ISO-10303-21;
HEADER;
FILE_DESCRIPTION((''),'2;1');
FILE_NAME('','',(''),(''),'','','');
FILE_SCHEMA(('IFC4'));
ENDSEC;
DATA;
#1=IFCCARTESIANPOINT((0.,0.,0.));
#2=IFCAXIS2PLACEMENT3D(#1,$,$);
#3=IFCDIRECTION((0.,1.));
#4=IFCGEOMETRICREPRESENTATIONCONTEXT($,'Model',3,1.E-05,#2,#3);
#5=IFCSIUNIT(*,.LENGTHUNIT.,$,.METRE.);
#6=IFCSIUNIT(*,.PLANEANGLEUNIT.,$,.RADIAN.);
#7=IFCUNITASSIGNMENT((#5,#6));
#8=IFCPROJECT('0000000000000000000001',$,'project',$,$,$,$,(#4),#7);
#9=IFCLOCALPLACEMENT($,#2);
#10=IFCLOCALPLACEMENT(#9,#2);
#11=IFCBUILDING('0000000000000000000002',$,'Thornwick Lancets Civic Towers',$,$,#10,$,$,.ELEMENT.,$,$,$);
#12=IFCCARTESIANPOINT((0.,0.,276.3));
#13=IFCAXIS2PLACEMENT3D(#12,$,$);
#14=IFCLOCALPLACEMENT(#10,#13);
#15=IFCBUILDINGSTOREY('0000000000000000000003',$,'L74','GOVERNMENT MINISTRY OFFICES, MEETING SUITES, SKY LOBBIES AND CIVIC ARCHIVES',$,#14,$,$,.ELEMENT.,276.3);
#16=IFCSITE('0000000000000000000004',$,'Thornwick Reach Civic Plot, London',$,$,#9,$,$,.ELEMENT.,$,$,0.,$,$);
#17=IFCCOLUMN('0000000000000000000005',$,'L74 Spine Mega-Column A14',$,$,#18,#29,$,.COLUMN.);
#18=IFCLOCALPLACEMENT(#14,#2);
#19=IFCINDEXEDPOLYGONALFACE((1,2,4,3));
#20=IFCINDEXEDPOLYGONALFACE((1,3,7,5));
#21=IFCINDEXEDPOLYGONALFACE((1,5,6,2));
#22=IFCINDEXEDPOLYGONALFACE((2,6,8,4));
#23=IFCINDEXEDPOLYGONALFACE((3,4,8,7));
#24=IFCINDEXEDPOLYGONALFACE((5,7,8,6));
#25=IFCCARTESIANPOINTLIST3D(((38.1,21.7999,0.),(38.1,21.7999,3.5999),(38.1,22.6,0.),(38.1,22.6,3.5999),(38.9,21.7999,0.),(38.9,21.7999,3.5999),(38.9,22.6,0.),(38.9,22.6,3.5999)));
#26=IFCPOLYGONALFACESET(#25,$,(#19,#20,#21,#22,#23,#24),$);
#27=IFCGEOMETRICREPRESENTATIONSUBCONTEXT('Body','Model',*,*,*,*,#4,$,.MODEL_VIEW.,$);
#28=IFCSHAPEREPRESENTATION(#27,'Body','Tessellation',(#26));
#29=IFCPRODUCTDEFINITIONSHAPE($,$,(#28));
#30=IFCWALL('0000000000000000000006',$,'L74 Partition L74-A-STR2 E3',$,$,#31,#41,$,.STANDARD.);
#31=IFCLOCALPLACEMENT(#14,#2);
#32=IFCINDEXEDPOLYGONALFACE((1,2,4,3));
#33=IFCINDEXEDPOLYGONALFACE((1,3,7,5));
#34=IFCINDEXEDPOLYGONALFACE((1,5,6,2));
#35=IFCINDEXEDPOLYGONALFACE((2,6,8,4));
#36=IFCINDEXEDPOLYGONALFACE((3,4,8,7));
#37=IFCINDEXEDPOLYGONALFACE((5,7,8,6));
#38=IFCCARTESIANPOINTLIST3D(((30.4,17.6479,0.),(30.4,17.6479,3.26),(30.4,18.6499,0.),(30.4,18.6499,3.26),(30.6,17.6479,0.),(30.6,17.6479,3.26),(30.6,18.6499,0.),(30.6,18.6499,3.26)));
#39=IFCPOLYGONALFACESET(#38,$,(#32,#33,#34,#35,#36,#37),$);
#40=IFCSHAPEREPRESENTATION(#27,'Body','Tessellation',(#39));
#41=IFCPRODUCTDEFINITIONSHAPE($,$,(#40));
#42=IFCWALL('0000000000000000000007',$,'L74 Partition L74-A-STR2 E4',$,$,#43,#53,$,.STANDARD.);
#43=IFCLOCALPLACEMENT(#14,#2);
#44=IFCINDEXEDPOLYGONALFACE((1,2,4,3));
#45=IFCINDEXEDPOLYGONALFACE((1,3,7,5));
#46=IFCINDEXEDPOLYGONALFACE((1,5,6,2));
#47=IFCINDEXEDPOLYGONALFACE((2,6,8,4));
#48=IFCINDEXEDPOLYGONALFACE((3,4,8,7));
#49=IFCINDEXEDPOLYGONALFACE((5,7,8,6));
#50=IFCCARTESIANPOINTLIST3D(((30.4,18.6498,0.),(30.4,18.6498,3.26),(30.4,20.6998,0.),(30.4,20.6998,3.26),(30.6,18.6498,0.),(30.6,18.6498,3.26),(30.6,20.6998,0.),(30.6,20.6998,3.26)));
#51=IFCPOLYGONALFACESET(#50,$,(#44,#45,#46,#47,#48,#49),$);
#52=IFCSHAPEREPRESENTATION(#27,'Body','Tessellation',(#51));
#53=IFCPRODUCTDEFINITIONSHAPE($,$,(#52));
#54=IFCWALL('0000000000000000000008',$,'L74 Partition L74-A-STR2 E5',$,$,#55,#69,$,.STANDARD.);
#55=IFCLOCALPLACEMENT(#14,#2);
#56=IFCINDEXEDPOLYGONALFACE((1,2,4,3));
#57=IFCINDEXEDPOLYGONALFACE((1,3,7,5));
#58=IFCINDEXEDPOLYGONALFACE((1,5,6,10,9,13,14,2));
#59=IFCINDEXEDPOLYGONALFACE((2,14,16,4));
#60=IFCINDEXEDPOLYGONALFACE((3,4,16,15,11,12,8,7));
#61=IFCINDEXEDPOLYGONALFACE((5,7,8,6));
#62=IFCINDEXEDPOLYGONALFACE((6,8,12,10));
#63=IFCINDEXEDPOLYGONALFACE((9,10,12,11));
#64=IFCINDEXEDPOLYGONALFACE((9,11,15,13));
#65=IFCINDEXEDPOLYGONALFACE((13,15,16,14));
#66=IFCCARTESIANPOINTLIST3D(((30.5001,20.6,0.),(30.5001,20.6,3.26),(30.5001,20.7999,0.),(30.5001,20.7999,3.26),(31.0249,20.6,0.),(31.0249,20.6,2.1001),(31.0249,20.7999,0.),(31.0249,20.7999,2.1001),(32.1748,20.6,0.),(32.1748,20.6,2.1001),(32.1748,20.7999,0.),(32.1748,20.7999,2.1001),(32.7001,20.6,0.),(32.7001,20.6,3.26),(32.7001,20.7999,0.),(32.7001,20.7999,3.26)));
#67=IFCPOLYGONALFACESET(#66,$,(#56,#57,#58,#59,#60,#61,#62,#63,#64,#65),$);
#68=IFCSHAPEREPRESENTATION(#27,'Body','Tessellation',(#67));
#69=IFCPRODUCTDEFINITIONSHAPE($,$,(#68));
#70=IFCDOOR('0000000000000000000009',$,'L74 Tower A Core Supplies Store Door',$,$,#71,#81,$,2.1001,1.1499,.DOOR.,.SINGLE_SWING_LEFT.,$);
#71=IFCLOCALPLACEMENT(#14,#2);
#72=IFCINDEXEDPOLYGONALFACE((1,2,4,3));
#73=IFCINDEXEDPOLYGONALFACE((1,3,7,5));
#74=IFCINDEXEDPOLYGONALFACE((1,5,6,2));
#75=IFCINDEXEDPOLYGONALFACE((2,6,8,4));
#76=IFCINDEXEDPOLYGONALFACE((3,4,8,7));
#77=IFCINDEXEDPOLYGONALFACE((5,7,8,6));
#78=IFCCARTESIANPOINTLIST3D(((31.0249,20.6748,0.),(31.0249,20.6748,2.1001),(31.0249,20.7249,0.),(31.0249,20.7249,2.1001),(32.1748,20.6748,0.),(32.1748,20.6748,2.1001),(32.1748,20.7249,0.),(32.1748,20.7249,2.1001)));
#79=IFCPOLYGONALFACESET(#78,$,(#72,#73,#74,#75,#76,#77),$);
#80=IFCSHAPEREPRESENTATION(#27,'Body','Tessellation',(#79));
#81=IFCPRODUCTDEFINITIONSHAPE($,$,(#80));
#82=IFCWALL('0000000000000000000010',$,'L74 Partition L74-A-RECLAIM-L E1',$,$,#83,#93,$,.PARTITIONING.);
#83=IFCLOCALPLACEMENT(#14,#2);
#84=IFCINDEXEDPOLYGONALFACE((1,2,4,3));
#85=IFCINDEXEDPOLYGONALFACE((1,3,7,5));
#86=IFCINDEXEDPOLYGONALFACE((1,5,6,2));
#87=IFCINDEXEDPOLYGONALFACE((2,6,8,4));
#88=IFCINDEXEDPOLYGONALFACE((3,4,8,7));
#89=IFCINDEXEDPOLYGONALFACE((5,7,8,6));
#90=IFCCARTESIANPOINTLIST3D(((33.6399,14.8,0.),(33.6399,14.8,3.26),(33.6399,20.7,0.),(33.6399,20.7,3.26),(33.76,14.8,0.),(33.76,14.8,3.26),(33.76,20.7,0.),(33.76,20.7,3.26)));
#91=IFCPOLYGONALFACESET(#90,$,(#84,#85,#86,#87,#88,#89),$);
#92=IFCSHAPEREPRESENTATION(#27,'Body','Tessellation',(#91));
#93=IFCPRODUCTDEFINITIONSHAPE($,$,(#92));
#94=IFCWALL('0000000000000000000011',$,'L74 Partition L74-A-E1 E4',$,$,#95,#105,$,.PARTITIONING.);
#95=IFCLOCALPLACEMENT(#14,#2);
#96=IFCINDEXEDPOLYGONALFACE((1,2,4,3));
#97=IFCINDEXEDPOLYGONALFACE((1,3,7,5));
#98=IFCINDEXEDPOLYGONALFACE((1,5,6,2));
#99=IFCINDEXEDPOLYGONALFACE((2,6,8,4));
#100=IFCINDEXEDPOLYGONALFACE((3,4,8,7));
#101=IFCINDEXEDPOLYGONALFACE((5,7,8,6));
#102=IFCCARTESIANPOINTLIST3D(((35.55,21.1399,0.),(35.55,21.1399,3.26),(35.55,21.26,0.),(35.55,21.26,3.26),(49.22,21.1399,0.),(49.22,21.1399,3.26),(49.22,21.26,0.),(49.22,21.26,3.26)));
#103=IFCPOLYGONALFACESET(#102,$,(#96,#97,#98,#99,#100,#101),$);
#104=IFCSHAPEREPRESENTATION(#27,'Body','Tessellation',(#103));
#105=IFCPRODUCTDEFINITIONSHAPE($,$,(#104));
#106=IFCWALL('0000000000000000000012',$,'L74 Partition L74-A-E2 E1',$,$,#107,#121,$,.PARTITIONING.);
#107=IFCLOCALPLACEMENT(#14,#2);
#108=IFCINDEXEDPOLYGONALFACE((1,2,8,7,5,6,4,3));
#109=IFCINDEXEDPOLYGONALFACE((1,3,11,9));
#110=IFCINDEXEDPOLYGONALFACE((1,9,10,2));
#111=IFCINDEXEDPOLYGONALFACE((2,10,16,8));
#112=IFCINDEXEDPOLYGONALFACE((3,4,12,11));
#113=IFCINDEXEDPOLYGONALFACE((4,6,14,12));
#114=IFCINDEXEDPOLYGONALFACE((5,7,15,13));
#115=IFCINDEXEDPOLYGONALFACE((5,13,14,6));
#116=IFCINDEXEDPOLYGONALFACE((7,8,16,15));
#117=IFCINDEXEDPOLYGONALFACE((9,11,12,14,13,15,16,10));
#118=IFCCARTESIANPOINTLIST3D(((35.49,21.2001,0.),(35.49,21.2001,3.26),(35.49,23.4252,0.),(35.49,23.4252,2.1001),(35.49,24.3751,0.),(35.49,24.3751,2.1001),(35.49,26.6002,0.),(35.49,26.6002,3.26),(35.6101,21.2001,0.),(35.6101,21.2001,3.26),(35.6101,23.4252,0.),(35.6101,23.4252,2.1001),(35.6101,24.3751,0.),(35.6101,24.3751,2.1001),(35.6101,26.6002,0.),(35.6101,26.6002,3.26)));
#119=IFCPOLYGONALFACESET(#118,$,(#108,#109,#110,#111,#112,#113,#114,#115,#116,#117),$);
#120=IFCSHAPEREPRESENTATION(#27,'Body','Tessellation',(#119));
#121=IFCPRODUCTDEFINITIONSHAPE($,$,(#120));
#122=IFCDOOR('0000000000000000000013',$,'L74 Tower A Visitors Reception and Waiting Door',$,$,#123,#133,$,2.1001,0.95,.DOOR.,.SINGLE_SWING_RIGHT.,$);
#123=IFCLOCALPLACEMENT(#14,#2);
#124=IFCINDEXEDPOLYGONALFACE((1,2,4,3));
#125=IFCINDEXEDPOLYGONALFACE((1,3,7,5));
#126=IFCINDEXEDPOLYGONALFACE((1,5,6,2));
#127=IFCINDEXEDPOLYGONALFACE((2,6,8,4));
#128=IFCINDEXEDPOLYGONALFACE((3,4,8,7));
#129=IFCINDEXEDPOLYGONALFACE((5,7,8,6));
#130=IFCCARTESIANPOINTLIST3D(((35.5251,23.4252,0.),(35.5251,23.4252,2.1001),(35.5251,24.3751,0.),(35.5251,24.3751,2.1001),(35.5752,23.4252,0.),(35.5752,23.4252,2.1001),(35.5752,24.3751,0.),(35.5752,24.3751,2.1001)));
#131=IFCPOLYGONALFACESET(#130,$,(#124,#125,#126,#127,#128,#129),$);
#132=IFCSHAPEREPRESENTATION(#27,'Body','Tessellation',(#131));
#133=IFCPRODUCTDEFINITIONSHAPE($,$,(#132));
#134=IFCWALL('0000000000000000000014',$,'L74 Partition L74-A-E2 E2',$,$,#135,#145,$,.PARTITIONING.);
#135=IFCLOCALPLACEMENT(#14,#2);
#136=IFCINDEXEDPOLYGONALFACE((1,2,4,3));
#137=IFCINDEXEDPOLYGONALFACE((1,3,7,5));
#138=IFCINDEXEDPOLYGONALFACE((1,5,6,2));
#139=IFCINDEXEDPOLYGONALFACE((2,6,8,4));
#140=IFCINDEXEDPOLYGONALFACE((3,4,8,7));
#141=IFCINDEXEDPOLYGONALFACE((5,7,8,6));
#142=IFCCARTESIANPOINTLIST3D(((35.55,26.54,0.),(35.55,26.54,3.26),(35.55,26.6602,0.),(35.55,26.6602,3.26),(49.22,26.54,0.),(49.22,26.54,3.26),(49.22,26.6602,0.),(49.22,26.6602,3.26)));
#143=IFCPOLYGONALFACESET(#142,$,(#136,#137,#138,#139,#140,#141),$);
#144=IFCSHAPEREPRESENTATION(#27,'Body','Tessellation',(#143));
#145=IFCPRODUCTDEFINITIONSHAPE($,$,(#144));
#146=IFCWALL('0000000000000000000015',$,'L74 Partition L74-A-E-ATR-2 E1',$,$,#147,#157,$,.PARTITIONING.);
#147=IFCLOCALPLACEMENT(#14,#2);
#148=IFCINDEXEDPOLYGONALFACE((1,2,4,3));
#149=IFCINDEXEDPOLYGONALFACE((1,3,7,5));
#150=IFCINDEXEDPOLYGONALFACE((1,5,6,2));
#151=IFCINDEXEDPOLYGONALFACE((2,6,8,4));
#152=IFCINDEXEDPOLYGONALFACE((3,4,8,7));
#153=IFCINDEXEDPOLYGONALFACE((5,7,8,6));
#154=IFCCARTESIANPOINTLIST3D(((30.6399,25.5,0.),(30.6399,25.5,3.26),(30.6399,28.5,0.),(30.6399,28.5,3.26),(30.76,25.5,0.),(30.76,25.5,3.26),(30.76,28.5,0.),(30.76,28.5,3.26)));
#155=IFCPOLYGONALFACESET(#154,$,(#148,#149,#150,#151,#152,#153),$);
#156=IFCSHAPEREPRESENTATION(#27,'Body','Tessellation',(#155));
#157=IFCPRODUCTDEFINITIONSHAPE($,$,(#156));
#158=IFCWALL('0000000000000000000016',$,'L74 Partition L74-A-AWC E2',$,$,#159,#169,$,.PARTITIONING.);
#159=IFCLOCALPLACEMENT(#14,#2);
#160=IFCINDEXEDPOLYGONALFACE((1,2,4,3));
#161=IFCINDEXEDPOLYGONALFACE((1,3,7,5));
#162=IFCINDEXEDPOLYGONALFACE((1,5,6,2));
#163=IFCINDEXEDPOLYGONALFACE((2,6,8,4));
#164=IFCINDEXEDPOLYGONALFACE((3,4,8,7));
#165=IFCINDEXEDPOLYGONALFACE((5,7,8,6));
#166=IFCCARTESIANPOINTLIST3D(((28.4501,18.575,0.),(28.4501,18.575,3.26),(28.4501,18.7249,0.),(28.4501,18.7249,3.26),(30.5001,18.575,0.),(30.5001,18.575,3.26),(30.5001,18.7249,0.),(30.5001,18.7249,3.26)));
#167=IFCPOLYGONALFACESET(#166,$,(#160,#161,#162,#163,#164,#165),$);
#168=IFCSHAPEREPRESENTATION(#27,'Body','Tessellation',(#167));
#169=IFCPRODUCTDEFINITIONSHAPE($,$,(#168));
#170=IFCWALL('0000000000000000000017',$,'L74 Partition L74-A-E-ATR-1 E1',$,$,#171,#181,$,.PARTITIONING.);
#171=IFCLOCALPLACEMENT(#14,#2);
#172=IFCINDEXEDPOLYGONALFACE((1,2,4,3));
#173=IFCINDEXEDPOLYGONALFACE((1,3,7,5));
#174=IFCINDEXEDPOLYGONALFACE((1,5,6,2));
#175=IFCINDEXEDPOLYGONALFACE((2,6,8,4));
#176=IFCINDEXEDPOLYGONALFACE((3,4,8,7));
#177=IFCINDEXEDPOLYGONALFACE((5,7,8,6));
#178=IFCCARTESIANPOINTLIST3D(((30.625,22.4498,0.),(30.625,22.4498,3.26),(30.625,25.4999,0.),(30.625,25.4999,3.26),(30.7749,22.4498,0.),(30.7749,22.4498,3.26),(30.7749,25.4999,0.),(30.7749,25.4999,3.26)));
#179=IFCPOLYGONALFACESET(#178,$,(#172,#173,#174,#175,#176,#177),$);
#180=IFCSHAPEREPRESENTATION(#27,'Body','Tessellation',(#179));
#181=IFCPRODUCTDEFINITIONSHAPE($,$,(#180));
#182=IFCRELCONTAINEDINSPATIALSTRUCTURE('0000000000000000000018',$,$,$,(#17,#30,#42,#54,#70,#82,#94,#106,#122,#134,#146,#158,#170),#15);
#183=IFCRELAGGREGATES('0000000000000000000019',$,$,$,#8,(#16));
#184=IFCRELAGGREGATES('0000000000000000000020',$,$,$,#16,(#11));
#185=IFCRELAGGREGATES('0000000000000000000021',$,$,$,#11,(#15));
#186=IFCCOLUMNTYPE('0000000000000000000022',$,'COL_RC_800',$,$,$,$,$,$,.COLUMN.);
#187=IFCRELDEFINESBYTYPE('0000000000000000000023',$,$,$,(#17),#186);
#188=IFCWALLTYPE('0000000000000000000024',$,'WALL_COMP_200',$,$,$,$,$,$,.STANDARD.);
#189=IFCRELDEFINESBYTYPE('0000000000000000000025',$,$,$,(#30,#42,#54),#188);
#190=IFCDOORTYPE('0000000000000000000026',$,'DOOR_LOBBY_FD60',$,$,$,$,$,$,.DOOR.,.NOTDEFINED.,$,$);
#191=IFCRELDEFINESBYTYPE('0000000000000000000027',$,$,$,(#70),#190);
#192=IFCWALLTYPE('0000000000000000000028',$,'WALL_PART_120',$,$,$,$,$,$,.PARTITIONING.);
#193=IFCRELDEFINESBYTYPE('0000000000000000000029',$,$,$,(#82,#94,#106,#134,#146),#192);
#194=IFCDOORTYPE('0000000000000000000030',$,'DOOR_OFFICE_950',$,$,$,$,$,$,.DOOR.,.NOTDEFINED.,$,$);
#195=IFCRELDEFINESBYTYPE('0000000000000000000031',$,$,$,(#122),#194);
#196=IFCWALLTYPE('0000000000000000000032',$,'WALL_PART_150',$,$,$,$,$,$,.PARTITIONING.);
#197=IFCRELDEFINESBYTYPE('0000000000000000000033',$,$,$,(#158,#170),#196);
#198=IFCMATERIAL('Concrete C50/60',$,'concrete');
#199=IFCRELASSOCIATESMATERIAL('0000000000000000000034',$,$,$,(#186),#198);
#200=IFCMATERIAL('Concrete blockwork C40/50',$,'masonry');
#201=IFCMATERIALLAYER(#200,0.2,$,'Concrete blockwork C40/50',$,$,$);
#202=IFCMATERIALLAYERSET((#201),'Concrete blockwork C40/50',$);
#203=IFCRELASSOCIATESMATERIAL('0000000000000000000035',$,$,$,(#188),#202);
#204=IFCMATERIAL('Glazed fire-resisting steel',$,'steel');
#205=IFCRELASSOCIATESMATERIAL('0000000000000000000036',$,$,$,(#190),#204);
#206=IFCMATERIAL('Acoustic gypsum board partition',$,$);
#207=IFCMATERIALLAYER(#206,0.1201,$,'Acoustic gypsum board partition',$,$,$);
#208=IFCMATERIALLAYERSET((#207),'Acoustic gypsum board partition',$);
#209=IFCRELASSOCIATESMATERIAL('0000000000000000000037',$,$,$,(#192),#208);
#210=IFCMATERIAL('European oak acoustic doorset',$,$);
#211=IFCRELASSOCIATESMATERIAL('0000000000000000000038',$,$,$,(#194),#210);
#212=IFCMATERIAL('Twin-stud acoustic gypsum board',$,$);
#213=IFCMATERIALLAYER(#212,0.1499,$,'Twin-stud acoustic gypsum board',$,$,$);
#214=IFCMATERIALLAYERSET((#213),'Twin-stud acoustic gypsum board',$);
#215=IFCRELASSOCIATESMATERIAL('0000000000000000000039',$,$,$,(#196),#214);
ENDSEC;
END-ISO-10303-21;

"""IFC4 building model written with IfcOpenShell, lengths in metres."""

from ifc_helpers import new_model, si_unit, direction, frame, frame_2d, origin, origin_2d, place, context, subcontext, project, spatial, rectangle, extrude, material, layer, layer_set, material_profile, profile_set, type_object, element, fill, save


model = new_model("IFC4")

# Units and contexts
model_context = context("Model", 3, precision=1e-05, world=origin(), true_north=direction((0.0, 1.0)))
body_context = subcontext(model_context, "Body", "Model", "MODEL_VIEW")
ifc_project = project(units=[si_unit("LENGTHUNIT", "METRE"), si_unit("PLANEANGLEUNIT", "RADIAN")], contexts=[model_context])

# Site, building, storey
site_placement = place(None, origin())
site = spatial("IfcSite", under=ifc_project, at=site_placement, Name="Thornwick Reach Civic Plot, London", CompositionType="ELEMENT", RefElevation=0.0)
building_placement = place(site_placement, origin())
building = spatial("IfcBuilding", under=site, at=building_placement, Name="Thornwick Lancets Civic Towers", CompositionType="ELEMENT")
storey_placement = place(building_placement, frame((0.0, 0.0, 276.3)))
storey = spatial("IfcBuildingStorey", under=building, at=storey_placement, Name="L74", Description="GOVERNMENT MINISTRY OFFICES, MEETING SUITES, SKY LOBBIES AND CIVIC ARCHIVES", CompositionType="ELEMENT", Elevation=276.3)

# Column
ifc_material_1 = material(Name="Concrete C50/60", Category="concrete")
ifc_material_profile = material_profile(ifc_material_1, rectangle(XDim=0.8, YDim=0.8, at=origin_2d()), Name="RC 800x800")
ifc_profile_set = profile_set([ifc_material_profile], Name="Concrete C50/60")
column_type = type_object("IfcColumnType", Name="COL_RC_800", PredefinedType="COLUMN", material=ifc_profile_set)
column_placement = place(storey_placement, frame((38.5, 22.2, 0.0), z_axis=(0.0, 0.0, 1.0), x_axis=(1.0, 0.0, 0.0)))
element("IfcColumn", 1, at=column_placement, inside=storey, type_object=column_type, Name="L74 Spine Mega-Column A14", PredefinedType="COLUMN", context=body_context, shape_type="SweptSolid", body=[
    extrude(rectangle(XDim=0.8, YDim=0.8, at=origin_2d()), origin(), (0.0, 0.0, 1.0), 3.5999),
])

# Walls
ifc_material_2 = material(Name="Concrete blockwork C40/50", Category="masonry")
ifc_layer_1 = layer(ifc_material_2, 0.2, Name="Concrete blockwork C40/50")
ifc_layer_set_1 = layer_set([ifc_layer_1], Name="Concrete blockwork C40/50")
wall_type_1 = type_object("IfcWallType", Name="WALL_COMP_200", PredefinedType="STANDARD", material=ifc_layer_set_1)
wall_1_placement = place(storey_placement, frame((30.5, 17.6479, 0.0), z_axis=(0.0, 0.0, 1.0), x_axis=(0.0, 1.0, 0.0)))
element("IfcWall", 2, at=wall_1_placement, inside=storey, type_object=wall_type_1, Name="L74 Partition L74-A-STR2 E3", PredefinedType="STANDARD", context=body_context, shape_type="SweptSolid", body=[
    extrude(rectangle(XDim=1.002, YDim=0.2, at=frame_2d((0.501, 0.0))), origin(), (0.0, 0.0, 1.0), 3.26),
])
wall_2_placement = place(storey_placement, frame((30.5, 18.6499, 0.0), z_axis=(0.0, 0.0, 1.0), x_axis=(0.0, 1.0, 0.0)))
element("IfcWall", 3, at=wall_2_placement, inside=storey, type_object=wall_type_1, Name="L74 Partition L74-A-STR2 E4", PredefinedType="STANDARD", context=body_context, shape_type="SweptSolid", body=[
    extrude(rectangle(XDim=2.05, YDim=0.2, at=frame_2d((1.0249, 0.0))), origin(), (0.0, 0.0, 1.0), 3.26),
])

# Wall, opening, door
wall_3_placement = place(storey_placement, frame((30.5, 20.7, 0.0), z_axis=(0.0, 0.0, 1.0), x_axis=(1.0, 0.0, 0.0)))
wall_3 = element("IfcWall", 4, at=wall_3_placement, inside=storey, type_object=wall_type_1, Name="L74 Partition L74-A-STR2 E5", PredefinedType="STANDARD", context=body_context, shape_type="SweptSolid", body=[
    extrude(rectangle(XDim=2.2, YDim=0.2, at=frame_2d((1.1001, 0.0))), origin(), (0.0, 0.0, 1.0), 3.26),
])
opening_1_placement = place(wall_3_placement, frame((0.5249, 0.0, 0.0)))
opening_1 = element("IfcOpeningElement", 5, at=opening_1_placement, cuts=wall_3, PredefinedType="OPENING", context=body_context, shape_type="SweptSolid", body=[
    extrude(rectangle(XDim=1.1499, YDim=2.1001, at=frame_2d((0.575, 1.05))), frame((0.0, 0.1099, 0.0), z_axis=(0.0, -1.0, 0.0), x_axis=(1.0, 0.0, 0.0)), (0.0, 0.0, 1.0), 0.22),
])
ifc_material_3 = material(Name="Glazed fire-resisting steel", Category="steel")
door_type_1 = type_object("IfcDoorType", Name="DOOR_LOBBY_FD60", OperationType="NOTDEFINED", PredefinedType="DOOR", material=ifc_material_3)
door_1_placement = place(opening_1_placement, origin())
door_1 = element("IfcDoor", 6, at=door_1_placement, inside=storey, type_object=door_type_1, Name="L74 Tower A Core Supplies Store Door", OperationType="SINGLE_SWING_LEFT", OverallHeight=2.1001, OverallWidth=1.1499, PredefinedType="DOOR", context=body_context, shape_type="SweptSolid", body=[
    extrude(rectangle(XDim=1.1499, YDim=2.1001, at=frame_2d((0.575, 1.05))), frame((0.0, 0.0249, 0.0), z_axis=(0.0, -1.0, 0.0), x_axis=(1.0, 0.0, 0.0)), (0.0, 0.0, 1.0), 0.05),
])
fill(opening_1, door_1)

# Walls
ifc_material_4 = material(Name="Acoustic gypsum board partition")
ifc_layer_2 = layer(ifc_material_4, 0.1201, Name="Acoustic gypsum board partition")
ifc_layer_set_2 = layer_set([ifc_layer_2], Name="Acoustic gypsum board partition")
wall_type_2 = type_object("IfcWallType", Name="WALL_PART_120", PredefinedType="PARTITIONING", material=ifc_layer_set_2)
wall_4_placement = place(storey_placement, frame((33.7, 20.7, 0.0), z_axis=(0.0, 0.0, 1.0), x_axis=(0.0, -1.0, 0.0)))
element("IfcWall", 7, at=wall_4_placement, inside=storey, type_object=wall_type_2, Name="L74 Partition L74-A-RECLAIM-L E1", PredefinedType="PARTITIONING", context=body_context, shape_type="SweptSolid", body=[
    extrude(rectangle(XDim=5.8999, YDim=0.1201, at=frame_2d((2.95, 0.0))), origin(), (0.0, 0.0, 1.0), 3.26),
])
wall_5_placement = place(storey_placement, frame((35.55, 21.2, 0.0), z_axis=(0.0, 0.0, 1.0), x_axis=(1.0, 0.0, 0.0)))
element("IfcWall", 8, at=wall_5_placement, inside=storey, type_object=wall_type_2, Name="L74 Partition L74-A-E1 E4", PredefinedType="PARTITIONING", context=body_context, shape_type="SweptSolid", body=[
    extrude(rectangle(XDim=13.6699, YDim=0.1201, at=frame_2d((6.835, 0.0))), origin(), (0.0, 0.0, 1.0), 3.26),
])

# Wall, opening, door
wall_6_placement = place(storey_placement, frame((35.55, 21.2, 0.0), z_axis=(0.0, 0.0, 1.0), x_axis=(0.0, 1.0, 0.0)))
wall_6 = element("IfcWall", 9, at=wall_6_placement, inside=storey, type_object=wall_type_2, Name="L74 Partition L74-A-E2 E1", PredefinedType="PARTITIONING", context=body_context, shape_type="SweptSolid", body=[
    extrude(rectangle(XDim=5.4001, YDim=0.1201, at=frame_2d((2.7002, 0.0))), origin(), (0.0, 0.0, 1.0), 3.26),
])
opening_2_placement = place(wall_6_placement, frame((2.2251, 0.0, 0.0)))
opening_2 = element("IfcOpeningElement", 10, at=opening_2_placement, cuts=wall_6, PredefinedType="OPENING", context=body_context, shape_type="SweptSolid", body=[
    extrude(rectangle(XDim=0.95, YDim=2.1001, at=frame_2d((0.4751, 1.05))), frame((0.0, 0.0701, 0.0), z_axis=(0.0, -1.0, 0.0), x_axis=(1.0, 0.0, 0.0)), (0.0, 0.0, 1.0), 0.1401),
])
ifc_material_5 = material(Name="European oak acoustic doorset")
door_type_2 = type_object("IfcDoorType", Name="DOOR_OFFICE_950", OperationType="NOTDEFINED", PredefinedType="DOOR", material=ifc_material_5)
door_2_placement = place(opening_2_placement, origin())
door_2 = element("IfcDoor", 11, at=door_2_placement, inside=storey, type_object=door_type_2, Name="L74 Tower A Visitors Reception and Waiting Door", OperationType="SINGLE_SWING_RIGHT", OverallHeight=2.1001, OverallWidth=0.95, PredefinedType="DOOR", context=body_context, shape_type="SweptSolid", body=[
    extrude(rectangle(XDim=0.95, YDim=2.1001, at=frame_2d((0.4751, 1.05))), frame((0.0, 0.0249, 0.0), z_axis=(0.0, -1.0, 0.0), x_axis=(1.0, 0.0, 0.0)), (0.0, 0.0, 1.0), 0.05),
])
fill(opening_2, door_2)

# Walls
wall_7_placement = place(storey_placement, frame((35.55, 26.6001, 0.0), z_axis=(0.0, 0.0, 1.0), x_axis=(1.0, 0.0, 0.0)))
element("IfcWall", 12, at=wall_7_placement, inside=storey, type_object=wall_type_2, Name="L74 Partition L74-A-E2 E2", PredefinedType="PARTITIONING", context=body_context, shape_type="SweptSolid", body=[
    extrude(rectangle(XDim=13.6699, YDim=0.1201, at=frame_2d((6.835, 0.0))), origin(), (0.0, 0.0, 1.0), 3.26),
])
wall_8_placement = place(storey_placement, frame((30.7, 25.5, 0.0), z_axis=(0.0, 0.0, 1.0), x_axis=(0.0, 1.0, 0.0)))
element("IfcWall", 13, at=wall_8_placement, inside=storey, type_object=wall_type_2, Name="L74 Partition L74-A-E-ATR-2 E1", PredefinedType="PARTITIONING", context=body_context, shape_type="SweptSolid", body=[
    extrude(rectangle(XDim=3.0, YDim=0.1201, at=frame_2d((1.5, 0.0))), origin(), (0.0, 0.0, 1.0), 3.26),
])
ifc_material_6 = material(Name="Twin-stud acoustic gypsum board")
ifc_layer_3 = layer(ifc_material_6, 0.1499, Name="Twin-stud acoustic gypsum board")
ifc_layer_set_3 = layer_set([ifc_layer_3], Name="Twin-stud acoustic gypsum board")
wall_type_3 = type_object("IfcWallType", Name="WALL_PART_150", PredefinedType="PARTITIONING", material=ifc_layer_set_3)
wall_9_placement = place(storey_placement, frame((30.5, 18.6499, 0.0), z_axis=(0.0, 0.0, 1.0), x_axis=(-1.0, 0.0, 0.0)))
element("IfcWall", 14, at=wall_9_placement, inside=storey, type_object=wall_type_3, Name="L74 Partition L74-A-AWC E2", PredefinedType="PARTITIONING", context=body_context, shape_type="SweptSolid", body=[
    extrude(rectangle(XDim=2.05, YDim=0.1499, at=frame_2d((1.0249, 0.0))), origin(), (0.0, 0.0, 1.0), 3.26),
])
wall_10_placement = place(storey_placement, frame((30.7, 22.45, 0.0), z_axis=(0.0, 0.0, 1.0), x_axis=(0.0, 1.0, 0.0)))
element("IfcWall", 15, at=wall_10_placement, inside=storey, type_object=wall_type_3, Name="L74 Partition L74-A-E-ATR-1 E1", PredefinedType="PARTITIONING", context=body_context, shape_type="SweptSolid", body=[
    extrude(rectangle(XDim=3.05, YDim=0.1499, at=frame_2d((1.5249, 0.0))), origin(), (0.0, 0.0, 1.0), 3.26),
])

save(model, "model.ifc")
